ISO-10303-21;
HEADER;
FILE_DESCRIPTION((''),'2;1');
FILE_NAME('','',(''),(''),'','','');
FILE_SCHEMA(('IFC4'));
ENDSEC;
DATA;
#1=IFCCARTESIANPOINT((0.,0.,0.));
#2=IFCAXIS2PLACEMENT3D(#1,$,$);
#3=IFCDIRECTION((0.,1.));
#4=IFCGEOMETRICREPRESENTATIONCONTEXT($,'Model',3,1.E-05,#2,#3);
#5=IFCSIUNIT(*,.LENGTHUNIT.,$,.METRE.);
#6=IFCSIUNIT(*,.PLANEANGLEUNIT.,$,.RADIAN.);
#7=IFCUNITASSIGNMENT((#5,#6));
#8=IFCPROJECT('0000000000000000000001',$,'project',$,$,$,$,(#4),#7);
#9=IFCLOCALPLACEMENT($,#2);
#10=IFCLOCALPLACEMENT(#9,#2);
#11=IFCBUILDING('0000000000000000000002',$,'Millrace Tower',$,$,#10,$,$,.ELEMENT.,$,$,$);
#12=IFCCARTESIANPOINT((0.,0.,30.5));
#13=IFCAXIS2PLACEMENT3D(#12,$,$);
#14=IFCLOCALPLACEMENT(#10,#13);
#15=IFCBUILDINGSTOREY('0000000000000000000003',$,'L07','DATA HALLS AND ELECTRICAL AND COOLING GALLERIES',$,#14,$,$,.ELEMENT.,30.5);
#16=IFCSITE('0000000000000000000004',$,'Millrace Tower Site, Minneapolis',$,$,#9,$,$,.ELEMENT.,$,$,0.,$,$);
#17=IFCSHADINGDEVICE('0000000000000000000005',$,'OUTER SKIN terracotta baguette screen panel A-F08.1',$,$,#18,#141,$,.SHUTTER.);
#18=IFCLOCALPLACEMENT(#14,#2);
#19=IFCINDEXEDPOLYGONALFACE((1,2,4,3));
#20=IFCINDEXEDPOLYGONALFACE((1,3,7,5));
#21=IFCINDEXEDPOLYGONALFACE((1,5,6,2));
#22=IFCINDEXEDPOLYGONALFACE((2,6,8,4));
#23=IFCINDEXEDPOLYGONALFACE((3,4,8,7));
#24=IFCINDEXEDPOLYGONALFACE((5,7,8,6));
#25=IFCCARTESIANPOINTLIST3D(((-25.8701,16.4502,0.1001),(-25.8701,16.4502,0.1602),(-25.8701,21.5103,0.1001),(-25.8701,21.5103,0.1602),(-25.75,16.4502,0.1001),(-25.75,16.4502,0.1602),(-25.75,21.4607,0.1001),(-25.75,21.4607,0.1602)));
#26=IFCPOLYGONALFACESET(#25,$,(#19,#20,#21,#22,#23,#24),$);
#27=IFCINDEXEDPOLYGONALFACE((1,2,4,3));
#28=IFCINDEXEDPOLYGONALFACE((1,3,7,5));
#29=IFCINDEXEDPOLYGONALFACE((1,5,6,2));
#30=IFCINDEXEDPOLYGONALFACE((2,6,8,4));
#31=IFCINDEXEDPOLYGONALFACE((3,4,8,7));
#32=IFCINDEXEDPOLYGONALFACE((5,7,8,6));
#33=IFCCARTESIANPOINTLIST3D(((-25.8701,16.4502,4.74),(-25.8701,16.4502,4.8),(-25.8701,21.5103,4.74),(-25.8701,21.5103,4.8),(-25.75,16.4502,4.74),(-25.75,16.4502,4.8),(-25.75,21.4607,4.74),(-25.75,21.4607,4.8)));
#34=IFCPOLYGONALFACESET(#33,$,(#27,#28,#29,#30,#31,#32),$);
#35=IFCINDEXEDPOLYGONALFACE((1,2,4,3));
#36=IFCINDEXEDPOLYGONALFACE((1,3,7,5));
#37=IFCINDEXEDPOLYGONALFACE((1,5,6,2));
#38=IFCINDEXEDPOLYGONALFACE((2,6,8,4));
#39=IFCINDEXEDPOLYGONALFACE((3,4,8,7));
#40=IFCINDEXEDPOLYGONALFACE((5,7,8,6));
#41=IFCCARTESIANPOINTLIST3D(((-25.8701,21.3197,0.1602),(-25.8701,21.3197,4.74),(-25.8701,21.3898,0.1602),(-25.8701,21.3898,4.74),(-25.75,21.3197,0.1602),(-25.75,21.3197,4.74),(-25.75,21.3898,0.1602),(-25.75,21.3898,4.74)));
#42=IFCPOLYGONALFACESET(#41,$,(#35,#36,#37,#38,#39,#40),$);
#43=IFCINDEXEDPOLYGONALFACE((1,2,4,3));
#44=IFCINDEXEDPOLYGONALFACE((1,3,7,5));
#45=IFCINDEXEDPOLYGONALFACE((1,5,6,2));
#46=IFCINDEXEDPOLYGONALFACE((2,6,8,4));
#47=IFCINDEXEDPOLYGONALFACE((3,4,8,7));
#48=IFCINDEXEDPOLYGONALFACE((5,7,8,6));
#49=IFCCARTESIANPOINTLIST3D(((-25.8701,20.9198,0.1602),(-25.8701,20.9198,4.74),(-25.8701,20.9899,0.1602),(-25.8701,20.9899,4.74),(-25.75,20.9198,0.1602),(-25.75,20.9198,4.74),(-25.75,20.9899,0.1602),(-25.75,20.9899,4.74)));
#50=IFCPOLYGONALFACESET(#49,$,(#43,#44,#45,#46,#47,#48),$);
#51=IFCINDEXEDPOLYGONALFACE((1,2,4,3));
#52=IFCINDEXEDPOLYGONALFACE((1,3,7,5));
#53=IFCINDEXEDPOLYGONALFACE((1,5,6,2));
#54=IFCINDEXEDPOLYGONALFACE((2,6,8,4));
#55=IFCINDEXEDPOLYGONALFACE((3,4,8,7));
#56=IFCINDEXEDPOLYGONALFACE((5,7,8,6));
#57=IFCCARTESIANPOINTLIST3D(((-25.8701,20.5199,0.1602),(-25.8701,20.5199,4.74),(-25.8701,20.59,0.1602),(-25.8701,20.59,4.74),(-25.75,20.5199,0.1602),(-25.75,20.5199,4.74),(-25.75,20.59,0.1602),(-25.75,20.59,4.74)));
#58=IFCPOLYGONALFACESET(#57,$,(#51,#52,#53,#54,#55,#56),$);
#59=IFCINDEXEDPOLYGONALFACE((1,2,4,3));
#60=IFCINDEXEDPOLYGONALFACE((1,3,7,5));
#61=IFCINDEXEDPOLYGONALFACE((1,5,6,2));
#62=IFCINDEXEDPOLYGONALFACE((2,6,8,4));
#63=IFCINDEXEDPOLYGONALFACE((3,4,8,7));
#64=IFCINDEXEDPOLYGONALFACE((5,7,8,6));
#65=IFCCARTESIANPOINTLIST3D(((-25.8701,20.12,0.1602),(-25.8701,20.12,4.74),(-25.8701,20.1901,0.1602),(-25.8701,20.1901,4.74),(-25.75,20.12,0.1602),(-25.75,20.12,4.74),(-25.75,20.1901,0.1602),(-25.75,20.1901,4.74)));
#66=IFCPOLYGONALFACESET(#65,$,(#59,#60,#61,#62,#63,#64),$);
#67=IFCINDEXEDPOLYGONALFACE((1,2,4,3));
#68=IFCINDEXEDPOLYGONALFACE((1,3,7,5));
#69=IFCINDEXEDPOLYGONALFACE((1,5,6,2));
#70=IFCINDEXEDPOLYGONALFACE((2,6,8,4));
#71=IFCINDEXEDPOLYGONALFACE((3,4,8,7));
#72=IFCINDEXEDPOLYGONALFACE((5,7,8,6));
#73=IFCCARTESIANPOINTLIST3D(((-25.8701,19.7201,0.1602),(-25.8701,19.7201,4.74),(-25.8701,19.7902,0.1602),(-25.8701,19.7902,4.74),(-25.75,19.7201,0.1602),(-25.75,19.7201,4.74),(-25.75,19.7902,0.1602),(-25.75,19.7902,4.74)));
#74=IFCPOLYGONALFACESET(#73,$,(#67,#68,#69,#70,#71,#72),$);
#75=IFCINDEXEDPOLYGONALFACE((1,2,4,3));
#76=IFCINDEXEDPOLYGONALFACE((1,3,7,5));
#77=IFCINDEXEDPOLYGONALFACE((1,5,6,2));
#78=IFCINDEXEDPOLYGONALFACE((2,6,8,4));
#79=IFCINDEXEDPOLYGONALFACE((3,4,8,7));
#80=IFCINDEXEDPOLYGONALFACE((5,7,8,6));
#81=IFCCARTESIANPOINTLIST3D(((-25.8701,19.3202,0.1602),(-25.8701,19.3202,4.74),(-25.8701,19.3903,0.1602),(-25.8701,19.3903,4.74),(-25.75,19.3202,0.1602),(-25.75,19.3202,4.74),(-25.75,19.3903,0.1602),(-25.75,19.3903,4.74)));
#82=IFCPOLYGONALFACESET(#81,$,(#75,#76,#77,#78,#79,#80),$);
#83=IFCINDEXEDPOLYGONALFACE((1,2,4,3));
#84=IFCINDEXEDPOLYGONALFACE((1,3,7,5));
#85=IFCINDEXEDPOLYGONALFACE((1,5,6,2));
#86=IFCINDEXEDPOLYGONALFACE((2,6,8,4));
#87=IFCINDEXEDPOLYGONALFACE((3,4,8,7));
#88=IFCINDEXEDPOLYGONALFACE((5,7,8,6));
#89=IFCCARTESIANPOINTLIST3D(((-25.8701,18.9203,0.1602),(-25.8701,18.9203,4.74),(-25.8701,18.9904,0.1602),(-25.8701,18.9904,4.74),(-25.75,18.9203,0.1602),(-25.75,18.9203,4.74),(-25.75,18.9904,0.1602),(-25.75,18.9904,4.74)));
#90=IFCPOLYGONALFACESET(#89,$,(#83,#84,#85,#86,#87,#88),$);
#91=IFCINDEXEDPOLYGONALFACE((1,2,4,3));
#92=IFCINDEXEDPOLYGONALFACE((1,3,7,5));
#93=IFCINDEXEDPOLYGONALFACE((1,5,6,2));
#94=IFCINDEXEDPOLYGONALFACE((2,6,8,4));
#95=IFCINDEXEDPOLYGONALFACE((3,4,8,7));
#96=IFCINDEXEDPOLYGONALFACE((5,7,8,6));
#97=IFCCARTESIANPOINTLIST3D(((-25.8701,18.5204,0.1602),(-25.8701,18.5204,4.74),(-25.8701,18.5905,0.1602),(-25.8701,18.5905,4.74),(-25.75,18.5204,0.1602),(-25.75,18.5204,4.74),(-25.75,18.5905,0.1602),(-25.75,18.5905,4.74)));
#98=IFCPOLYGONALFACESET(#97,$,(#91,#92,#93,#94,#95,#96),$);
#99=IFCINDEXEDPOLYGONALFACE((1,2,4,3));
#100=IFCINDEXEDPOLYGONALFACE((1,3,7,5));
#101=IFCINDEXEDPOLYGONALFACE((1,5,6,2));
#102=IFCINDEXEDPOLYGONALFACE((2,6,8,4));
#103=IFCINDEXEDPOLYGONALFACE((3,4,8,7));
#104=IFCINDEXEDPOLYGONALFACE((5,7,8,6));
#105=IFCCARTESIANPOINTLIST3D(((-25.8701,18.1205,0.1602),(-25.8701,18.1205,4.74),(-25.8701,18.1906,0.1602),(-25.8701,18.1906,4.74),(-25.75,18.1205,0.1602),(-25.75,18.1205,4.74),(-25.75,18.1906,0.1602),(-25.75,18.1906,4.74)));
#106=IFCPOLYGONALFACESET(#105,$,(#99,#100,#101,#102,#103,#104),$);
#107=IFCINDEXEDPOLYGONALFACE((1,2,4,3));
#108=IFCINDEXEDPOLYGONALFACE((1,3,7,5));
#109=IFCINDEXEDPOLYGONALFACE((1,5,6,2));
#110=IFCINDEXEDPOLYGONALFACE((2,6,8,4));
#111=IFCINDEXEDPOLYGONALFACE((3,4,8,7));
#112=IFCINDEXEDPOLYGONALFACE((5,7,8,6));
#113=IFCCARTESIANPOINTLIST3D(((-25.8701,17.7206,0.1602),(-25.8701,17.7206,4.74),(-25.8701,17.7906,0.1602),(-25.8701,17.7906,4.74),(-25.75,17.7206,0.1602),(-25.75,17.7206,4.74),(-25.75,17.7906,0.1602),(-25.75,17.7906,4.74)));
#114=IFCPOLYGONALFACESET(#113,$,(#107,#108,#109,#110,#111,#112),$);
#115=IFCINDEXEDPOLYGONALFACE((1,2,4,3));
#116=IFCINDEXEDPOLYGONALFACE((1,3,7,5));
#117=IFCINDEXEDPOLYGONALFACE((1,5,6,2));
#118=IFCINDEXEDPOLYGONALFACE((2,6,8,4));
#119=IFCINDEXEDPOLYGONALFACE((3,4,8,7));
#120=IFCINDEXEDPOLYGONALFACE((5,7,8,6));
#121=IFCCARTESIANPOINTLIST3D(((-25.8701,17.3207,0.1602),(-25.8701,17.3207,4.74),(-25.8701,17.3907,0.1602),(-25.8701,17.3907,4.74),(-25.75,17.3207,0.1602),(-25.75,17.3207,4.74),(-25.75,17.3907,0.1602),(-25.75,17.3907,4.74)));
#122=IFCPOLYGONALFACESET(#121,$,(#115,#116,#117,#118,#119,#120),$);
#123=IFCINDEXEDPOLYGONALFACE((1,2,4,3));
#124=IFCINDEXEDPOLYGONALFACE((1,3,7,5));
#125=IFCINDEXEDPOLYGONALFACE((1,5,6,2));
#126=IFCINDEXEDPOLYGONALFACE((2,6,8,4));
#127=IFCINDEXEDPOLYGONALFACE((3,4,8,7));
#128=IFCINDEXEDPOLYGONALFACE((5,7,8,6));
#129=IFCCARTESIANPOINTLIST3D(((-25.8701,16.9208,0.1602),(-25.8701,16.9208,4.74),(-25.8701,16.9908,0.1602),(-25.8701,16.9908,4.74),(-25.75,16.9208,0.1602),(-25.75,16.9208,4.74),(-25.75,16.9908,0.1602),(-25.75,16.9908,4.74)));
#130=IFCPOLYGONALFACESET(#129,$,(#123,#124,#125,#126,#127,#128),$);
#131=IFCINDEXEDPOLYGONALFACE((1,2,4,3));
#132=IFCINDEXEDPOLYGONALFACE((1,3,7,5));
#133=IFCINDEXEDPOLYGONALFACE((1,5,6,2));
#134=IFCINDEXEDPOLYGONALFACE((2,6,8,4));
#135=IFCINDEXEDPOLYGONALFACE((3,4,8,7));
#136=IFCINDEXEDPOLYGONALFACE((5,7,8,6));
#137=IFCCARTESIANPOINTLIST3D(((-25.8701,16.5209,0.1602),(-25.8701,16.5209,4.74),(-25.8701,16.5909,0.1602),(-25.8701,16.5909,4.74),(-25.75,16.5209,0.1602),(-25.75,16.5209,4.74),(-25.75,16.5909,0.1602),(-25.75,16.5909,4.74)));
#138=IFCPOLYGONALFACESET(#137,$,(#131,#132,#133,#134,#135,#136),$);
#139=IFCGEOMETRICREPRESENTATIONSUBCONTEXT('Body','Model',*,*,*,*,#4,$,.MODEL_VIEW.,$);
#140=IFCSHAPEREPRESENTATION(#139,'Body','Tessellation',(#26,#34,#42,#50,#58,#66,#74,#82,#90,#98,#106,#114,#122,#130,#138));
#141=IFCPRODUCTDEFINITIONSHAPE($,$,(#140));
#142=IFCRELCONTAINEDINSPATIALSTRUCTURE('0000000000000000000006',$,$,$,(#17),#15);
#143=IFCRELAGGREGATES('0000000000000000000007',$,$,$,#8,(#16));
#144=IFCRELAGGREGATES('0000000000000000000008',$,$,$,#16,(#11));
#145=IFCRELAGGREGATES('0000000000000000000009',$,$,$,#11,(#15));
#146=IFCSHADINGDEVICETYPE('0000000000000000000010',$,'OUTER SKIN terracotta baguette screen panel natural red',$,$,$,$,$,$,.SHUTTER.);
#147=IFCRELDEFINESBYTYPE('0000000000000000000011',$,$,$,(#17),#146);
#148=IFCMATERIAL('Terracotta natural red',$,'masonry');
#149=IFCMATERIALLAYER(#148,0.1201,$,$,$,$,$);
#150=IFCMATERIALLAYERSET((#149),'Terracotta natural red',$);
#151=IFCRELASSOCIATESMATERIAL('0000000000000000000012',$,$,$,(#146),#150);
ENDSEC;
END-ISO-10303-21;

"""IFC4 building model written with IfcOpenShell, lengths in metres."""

from ifc_helpers import new_model, entity, si_unit, direction, frame, frame_2d, origin, place, context, subcontext, project, spatial, rectangle, extrude, source, transform, mapped, material, layer, layer_set, type_object, element, save


model = new_model("IFC4")

# Units and contexts
model_context = context("Model", 3, precision=1e-05, world=origin(), true_north=direction((0.0, 1.0)))
body_context = subcontext(model_context, "Body", "Model", "MODEL_VIEW")
ifc_project = project(units=[si_unit("LENGTHUNIT", "METRE"), si_unit("PLANEANGLEUNIT", "RADIAN")], contexts=[model_context])

# Site, building, storey
site_placement = place(None, origin())
site = spatial("IfcSite", under=ifc_project, at=site_placement, Name="Millrace Tower Site, Minneapolis", CompositionType="ELEMENT", RefElevation=0.0)
building_placement = place(site_placement, origin())
building = spatial("IfcBuilding", under=site, at=building_placement, Name="Millrace Tower", CompositionType="ELEMENT")
storey_placement = place(building_placement, frame((0.0, 0.0, 30.5)))
storey = spatial("IfcBuildingStorey", under=building, at=storey_placement, Name="L07", Description="DATA HALLS AND ELECTRICAL AND COOLING GALLERIES", CompositionType="ELEMENT", Elevation=30.5)

# Shading device
ifc_material_1 = material(Name="Terracotta natural red", Category="masonry")
ifc_layer_1 = layer(ifc_material_1, 0.1201)
ifc_layer_set_1 = layer_set([ifc_layer_1], Name="Terracotta natural red")
shading_device_type_1 = type_object("IfcShadingDeviceType", Name="OUTER SKIN terracotta baguette screen panel natural red", PredefinedType="SHUTTER", material=ifc_layer_set_1)
cartesian_point_1 = entity("IfcCartesianPoint", [-2.4929, 0.0601])
shared_polyline_1 = entity("IfcPolyline", [cartesian_point_1, entity("IfcCartesianPoint", [2.5176, 0.0601]), entity("IfcCartesianPoint", [2.5176, -0.0601]), entity("IfcCartesianPoint", [-2.5425, -0.0601]), cartesian_point_1])
shared_shape_1 = source(origin(), body_context, "Body", "SweptSolid", [
    entity("IfcExtrudedAreaSolid", entity("IfcArbitraryClosedProfileDef", "AREA", None, shared_polyline_1), entity("IfcAxis2Placement3D", entity("IfcCartesianPoint", [0.0, 0.0, 0.0])), entity("IfcDirection", [0.0, 0.0, 1.0]), 0.0601),
    entity("IfcExtrudedAreaSolid", entity("IfcArbitraryClosedProfileDef", "AREA", None, shared_polyline_1), entity("IfcAxis2Placement3D", entity("IfcCartesianPoint", [0.0, 0.0, 4.6399])), entity("IfcDirection", [0.0, 0.0, 1.0]), 0.0601),
    extrude(rectangle(XDim=0.0701, YDim=0.1201, at=frame_2d((-2.387, 0.0))), frame((0.0, 0.0, 0.0601)), (0.0, 0.0, 1.0), 4.5798),
    extrude(rectangle(XDim=0.0701, YDim=0.1201, at=frame_2d((-1.9871, 0.0))), frame((0.0, 0.0, 0.0601)), (0.0, 0.0, 1.0), 4.5798),
    extrude(rectangle(XDim=0.0701, YDim=0.1201, at=frame_2d((-1.5872, 0.0))), frame((0.0, 0.0, 0.0601)), (0.0, 0.0, 1.0), 4.5798),
    extrude(rectangle(XDim=0.0701, YDim=0.1201, at=frame_2d((-1.1873, 0.0))), frame((0.0, 0.0, 0.0601)), (0.0, 0.0, 1.0), 4.5798),
    extrude(rectangle(XDim=0.0701, YDim=0.1201, at=frame_2d((-0.7874, 0.0))), frame((0.0, 0.0, 0.0601)), (0.0, 0.0, 1.0), 4.5798),
    extrude(rectangle(XDim=0.0701, YDim=0.1201, at=frame_2d((-0.3875, 0.0))), frame((0.0, 0.0, 0.0601)), (0.0, 0.0, 1.0), 4.5798),
    extrude(rectangle(XDim=0.0701, YDim=0.1201, at=frame_2d((0.0125, 0.0))), frame((0.0, 0.0, 0.0601)), (0.0, 0.0, 1.0), 4.5798),
    extrude(rectangle(XDim=0.0701, YDim=0.1201, at=frame_2d((0.4124, 0.0))), frame((0.0, 0.0, 0.0601)), (0.0, 0.0, 1.0), 4.5798),
    extrude(rectangle(XDim=0.0701, YDim=0.1201, at=frame_2d((0.8123, 0.0))), frame((0.0, 0.0, 0.0601)), (0.0, 0.0, 1.0), 4.5798),
    extrude(rectangle(XDim=0.0701, YDim=0.1201, at=frame_2d((1.2122, 0.0))), frame((0.0, 0.0, 0.0601)), (0.0, 0.0, 1.0), 4.5798),
    extrude(rectangle(XDim=0.0701, YDim=0.1201, at=frame_2d((1.6121, 0.0))), frame((0.0, 0.0, 0.0601)), (0.0, 0.0, 1.0), 4.5798),
    extrude(rectangle(XDim=0.0701, YDim=0.1201, at=frame_2d((2.012, 0.0))), frame((0.0, 0.0, 0.0601)), (0.0, 0.0, 1.0), 4.5798),
    extrude(rectangle(XDim=0.0701, YDim=0.1201, at=frame_2d((2.4119, 0.0))), frame((0.0, 0.0, 0.0601)), (0.0, 0.0, 1.0), 4.5798),
])
shading_device_1_placement = place(storey_placement, frame((-25.8101, 18.9678, 0.1001), z_axis=(0.0, 0.0, 1.0), x_axis=(0.0, -1.0, 0.0)))
element("IfcShadingDevice", 1, at=shading_device_1_placement, inside=storey, type_object=shading_device_type_1, Name="OUTER SKIN terracotta baguette screen panel A-F08.1", PredefinedType="SHUTTER", context=body_context, shape_type="MappedRepresentation", body=[
    mapped(shared_shape_1, transform((0.0, 0.0, 0.0), scale=1.0)),
])

save(model, "model.ifc")
